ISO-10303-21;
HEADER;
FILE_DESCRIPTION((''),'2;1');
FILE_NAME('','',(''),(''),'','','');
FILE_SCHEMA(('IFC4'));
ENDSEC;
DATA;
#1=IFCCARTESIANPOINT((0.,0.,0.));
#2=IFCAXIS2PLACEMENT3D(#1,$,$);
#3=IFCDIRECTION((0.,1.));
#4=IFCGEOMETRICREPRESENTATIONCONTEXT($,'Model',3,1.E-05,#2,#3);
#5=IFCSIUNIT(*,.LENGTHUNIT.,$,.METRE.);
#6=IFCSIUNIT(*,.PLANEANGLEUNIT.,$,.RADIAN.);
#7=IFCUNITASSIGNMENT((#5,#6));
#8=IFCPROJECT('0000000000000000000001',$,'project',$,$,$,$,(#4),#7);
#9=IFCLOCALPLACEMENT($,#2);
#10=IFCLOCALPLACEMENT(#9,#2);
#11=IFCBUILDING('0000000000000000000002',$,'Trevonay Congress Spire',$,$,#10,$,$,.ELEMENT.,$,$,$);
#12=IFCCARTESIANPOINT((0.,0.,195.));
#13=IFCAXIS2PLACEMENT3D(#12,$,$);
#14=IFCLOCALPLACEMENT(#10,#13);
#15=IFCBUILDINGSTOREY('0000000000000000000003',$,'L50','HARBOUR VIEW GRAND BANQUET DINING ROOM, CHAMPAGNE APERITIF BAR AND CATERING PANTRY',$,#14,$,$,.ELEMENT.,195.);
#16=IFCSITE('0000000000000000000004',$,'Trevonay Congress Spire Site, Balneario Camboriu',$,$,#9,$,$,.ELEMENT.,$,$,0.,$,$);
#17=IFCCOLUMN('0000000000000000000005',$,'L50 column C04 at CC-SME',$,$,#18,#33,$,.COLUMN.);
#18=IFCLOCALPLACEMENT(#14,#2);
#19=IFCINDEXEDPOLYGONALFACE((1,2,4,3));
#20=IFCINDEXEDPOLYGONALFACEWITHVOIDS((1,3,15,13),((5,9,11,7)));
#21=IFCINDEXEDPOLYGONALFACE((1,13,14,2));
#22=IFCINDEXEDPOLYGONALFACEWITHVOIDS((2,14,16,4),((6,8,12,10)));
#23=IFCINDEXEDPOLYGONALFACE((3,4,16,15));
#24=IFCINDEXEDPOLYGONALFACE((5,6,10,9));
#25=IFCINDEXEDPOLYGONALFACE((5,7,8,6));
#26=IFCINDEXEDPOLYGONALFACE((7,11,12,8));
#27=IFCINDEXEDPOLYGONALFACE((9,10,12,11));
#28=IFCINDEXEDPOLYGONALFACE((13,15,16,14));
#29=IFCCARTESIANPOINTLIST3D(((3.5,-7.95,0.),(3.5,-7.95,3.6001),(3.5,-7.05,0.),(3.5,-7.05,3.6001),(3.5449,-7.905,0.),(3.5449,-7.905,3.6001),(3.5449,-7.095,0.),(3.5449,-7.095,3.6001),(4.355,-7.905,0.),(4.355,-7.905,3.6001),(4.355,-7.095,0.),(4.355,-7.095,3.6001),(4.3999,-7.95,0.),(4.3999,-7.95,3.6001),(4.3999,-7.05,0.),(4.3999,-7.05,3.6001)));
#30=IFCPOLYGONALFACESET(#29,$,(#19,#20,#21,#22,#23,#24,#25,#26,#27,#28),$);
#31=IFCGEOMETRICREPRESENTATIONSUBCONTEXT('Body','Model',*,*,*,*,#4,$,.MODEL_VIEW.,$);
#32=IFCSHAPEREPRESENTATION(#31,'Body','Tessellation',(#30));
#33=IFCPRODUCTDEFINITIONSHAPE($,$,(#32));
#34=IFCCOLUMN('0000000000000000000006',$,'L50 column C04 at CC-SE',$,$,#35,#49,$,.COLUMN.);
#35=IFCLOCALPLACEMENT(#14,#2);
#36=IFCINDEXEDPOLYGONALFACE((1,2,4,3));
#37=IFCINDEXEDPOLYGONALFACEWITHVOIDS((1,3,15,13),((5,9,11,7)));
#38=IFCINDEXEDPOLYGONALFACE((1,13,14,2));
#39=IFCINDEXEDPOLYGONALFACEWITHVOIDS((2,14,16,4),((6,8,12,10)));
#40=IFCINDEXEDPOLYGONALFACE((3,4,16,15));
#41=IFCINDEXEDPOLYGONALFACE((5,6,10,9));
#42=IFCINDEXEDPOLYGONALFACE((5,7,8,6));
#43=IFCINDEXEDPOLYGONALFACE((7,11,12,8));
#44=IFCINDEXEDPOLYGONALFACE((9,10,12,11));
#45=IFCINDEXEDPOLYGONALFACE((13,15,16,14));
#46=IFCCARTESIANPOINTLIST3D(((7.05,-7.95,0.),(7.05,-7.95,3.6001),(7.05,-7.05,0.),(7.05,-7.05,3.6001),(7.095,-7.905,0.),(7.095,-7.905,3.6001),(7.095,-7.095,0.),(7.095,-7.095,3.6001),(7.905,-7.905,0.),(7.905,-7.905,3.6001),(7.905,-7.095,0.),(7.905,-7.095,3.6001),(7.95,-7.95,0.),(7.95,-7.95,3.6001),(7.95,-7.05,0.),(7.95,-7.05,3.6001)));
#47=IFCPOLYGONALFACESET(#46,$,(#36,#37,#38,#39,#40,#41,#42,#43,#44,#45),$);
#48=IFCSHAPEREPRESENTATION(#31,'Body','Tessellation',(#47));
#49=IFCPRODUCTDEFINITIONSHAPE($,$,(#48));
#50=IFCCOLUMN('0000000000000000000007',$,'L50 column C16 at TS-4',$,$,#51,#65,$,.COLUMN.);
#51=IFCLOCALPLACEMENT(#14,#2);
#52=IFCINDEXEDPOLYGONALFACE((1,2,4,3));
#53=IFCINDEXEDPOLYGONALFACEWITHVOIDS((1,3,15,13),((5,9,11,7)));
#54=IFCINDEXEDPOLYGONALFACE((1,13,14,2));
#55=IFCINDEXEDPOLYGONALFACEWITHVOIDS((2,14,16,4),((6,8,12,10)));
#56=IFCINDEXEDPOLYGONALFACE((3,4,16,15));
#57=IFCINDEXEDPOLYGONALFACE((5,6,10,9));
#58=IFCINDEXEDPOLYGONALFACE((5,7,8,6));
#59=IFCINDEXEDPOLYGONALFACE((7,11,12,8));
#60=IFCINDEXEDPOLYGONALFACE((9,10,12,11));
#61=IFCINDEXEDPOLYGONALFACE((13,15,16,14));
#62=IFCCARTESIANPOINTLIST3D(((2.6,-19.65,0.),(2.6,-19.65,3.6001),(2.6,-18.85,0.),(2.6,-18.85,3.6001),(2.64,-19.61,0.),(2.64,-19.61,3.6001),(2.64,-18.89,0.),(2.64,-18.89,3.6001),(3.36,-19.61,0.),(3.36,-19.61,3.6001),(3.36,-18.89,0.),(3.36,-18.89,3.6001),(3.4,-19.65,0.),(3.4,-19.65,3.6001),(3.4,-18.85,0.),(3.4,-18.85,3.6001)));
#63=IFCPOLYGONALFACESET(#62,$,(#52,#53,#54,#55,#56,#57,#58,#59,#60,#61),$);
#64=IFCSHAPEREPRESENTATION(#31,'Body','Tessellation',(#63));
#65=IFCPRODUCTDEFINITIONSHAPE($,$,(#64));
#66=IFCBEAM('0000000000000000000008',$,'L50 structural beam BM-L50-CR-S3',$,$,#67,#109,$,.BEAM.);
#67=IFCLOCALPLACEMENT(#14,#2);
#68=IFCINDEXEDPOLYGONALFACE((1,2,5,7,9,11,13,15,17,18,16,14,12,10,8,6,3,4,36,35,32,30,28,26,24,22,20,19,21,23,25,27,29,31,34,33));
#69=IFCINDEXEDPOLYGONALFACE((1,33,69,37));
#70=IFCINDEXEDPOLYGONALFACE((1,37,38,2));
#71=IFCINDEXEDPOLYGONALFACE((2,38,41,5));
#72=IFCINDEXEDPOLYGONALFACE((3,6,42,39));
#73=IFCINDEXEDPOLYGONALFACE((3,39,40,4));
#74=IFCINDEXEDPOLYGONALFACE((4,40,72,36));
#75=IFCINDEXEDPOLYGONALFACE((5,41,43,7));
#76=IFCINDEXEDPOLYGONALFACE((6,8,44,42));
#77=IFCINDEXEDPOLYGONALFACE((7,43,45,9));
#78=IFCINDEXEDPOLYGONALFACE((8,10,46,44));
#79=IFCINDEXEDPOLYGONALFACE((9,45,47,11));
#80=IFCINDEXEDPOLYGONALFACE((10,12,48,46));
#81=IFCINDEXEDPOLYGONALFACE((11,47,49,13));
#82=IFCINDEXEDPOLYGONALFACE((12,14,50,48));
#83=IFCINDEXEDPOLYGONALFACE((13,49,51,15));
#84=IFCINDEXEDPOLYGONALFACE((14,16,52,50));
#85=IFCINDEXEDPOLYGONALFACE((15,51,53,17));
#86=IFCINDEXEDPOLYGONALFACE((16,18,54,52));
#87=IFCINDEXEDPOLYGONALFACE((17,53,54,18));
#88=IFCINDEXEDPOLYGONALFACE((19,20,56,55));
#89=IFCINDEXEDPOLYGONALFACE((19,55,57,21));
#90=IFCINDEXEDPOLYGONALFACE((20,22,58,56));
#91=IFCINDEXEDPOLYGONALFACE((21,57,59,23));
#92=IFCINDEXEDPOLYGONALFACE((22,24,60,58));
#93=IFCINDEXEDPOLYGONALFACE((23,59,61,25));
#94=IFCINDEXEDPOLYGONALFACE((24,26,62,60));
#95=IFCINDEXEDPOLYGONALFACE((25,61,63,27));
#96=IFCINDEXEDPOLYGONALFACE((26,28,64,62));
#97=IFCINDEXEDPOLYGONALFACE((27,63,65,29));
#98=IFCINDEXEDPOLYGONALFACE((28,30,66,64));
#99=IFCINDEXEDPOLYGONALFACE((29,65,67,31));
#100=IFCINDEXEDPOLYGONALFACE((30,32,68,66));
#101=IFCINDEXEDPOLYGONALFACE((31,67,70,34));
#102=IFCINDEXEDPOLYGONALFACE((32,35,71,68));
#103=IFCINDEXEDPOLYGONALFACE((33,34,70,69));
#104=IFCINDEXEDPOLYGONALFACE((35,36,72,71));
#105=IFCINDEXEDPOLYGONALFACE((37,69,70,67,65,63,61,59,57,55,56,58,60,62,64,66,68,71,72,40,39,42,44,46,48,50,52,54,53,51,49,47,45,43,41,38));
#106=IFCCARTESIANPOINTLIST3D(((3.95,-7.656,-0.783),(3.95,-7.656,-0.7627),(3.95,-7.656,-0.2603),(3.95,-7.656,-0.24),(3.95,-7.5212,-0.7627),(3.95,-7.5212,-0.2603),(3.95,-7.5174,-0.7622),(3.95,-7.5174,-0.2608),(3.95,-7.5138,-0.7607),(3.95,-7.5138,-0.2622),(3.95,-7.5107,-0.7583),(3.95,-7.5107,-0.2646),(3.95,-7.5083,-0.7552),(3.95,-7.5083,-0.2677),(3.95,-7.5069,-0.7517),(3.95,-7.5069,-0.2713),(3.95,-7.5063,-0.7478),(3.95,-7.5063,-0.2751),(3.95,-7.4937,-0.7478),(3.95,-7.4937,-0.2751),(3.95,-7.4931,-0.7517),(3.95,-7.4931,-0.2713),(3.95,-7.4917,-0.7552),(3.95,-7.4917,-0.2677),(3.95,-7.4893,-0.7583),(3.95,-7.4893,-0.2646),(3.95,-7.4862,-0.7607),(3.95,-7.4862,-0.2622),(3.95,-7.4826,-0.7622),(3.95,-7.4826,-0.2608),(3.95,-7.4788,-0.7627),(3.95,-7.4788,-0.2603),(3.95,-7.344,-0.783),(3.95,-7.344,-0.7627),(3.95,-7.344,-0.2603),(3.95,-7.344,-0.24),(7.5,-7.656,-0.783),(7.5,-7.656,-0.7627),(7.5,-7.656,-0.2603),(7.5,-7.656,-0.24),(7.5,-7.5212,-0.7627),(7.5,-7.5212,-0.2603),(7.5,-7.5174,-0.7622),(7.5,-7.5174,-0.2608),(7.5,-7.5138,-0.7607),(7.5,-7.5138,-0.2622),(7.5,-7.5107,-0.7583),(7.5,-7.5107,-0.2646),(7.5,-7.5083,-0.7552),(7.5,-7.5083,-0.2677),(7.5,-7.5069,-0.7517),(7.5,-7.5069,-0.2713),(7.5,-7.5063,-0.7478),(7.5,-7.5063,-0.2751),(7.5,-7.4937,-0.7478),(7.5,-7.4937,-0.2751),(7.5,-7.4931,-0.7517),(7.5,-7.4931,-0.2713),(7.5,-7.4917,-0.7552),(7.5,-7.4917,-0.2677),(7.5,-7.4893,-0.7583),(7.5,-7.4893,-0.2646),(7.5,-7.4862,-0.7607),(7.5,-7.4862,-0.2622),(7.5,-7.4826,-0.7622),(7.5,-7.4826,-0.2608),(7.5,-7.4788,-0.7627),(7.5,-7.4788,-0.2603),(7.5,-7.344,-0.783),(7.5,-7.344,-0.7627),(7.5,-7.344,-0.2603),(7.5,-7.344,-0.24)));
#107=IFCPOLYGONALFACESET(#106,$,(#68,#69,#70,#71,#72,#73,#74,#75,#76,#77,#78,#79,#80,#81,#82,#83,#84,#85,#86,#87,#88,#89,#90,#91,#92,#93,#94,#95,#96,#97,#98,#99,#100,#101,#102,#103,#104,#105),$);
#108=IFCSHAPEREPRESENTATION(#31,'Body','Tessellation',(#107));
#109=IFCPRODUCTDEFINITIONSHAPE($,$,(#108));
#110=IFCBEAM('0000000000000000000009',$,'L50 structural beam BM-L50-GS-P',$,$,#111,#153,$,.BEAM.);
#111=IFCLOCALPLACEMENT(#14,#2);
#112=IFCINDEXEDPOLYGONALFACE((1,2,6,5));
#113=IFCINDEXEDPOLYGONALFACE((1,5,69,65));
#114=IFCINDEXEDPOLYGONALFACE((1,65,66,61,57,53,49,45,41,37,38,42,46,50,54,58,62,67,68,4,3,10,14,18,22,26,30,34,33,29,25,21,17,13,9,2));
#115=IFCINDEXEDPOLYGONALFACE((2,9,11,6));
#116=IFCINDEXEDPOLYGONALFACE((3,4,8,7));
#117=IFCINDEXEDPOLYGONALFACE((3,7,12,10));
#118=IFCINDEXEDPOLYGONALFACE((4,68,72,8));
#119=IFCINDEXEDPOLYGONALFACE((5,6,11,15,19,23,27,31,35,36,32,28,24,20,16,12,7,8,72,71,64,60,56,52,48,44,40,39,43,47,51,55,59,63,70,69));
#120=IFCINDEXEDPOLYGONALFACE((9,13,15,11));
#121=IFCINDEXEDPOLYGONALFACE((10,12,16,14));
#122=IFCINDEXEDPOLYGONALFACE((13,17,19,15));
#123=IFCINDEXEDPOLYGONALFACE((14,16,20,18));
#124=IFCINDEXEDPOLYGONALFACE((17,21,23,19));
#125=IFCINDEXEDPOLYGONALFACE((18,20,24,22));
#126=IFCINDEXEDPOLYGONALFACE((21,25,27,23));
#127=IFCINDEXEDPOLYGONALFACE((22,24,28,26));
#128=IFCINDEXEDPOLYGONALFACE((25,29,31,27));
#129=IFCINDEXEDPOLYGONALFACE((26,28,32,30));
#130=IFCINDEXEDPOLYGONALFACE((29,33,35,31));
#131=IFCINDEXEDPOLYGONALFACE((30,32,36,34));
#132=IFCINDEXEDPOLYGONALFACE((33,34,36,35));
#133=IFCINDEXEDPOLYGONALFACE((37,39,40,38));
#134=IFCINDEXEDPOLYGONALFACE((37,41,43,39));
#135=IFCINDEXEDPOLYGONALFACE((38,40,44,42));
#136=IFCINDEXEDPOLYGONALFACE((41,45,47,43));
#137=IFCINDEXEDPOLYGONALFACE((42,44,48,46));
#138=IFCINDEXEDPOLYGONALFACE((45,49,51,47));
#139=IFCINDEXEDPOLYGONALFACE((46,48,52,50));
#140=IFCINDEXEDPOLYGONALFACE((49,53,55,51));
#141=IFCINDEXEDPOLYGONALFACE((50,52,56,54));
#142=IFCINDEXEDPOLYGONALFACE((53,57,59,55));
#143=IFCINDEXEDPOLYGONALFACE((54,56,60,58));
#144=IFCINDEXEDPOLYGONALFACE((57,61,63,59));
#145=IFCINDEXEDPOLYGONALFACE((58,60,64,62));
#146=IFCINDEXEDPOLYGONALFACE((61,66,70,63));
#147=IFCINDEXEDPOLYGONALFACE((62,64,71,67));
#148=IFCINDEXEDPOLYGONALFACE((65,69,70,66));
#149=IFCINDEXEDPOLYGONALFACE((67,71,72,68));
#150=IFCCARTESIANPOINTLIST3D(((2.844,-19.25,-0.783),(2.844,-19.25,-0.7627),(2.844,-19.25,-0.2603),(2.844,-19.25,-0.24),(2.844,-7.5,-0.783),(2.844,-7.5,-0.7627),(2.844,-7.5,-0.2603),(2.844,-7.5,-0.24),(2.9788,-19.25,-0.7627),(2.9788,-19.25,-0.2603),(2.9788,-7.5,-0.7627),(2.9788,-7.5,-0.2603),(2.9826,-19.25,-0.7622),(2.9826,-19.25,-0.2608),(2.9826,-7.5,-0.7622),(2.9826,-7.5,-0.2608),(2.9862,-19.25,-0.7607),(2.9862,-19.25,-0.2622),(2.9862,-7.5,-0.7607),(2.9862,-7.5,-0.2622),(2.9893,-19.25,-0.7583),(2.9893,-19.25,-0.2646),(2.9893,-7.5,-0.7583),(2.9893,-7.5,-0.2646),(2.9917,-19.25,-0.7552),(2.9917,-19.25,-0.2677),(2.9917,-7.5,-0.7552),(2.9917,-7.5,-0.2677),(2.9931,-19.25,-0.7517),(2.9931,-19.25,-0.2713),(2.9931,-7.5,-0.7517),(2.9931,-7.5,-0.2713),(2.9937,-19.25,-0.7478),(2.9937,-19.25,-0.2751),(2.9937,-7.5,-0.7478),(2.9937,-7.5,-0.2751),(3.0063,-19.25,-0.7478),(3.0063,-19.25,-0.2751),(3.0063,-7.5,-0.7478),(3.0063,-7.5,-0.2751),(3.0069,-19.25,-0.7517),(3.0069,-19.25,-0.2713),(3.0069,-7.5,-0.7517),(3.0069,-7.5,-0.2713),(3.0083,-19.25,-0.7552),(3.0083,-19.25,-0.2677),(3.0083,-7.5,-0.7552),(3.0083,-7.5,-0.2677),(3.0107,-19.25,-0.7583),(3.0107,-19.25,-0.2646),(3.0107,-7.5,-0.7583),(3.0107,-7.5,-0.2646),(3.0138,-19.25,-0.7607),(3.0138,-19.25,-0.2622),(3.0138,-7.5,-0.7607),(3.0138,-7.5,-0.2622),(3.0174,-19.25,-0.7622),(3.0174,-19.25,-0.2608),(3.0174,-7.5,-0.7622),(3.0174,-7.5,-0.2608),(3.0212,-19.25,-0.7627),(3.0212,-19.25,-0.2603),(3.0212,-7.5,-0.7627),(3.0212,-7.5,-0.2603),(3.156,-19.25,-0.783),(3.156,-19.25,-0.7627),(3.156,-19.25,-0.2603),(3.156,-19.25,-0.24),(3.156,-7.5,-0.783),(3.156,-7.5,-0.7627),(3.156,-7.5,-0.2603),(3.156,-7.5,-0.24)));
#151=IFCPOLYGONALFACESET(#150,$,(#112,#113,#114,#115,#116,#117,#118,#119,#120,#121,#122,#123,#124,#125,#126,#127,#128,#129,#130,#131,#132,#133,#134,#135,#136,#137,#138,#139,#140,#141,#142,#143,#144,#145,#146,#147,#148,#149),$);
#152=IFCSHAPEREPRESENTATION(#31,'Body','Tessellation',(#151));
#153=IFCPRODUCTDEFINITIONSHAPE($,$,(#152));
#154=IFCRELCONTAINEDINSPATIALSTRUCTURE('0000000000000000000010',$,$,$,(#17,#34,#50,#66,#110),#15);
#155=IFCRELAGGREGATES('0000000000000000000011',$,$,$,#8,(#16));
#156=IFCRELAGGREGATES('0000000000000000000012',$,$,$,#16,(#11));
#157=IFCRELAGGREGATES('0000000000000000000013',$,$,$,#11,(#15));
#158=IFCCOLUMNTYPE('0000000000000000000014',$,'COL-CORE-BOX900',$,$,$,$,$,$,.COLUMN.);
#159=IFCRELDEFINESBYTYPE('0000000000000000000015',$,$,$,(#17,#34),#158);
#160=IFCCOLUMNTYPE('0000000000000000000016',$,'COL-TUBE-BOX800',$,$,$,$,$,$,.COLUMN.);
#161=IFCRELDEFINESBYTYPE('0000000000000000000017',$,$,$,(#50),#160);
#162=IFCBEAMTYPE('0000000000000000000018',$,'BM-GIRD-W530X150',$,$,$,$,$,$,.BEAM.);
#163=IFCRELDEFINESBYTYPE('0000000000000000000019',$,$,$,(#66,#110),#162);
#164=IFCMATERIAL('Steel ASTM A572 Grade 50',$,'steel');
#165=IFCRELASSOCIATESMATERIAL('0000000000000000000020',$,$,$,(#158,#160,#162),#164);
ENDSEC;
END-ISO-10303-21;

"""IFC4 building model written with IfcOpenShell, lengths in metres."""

from ifc_helpers import new_model, si_unit, direction, frame, origin, origin_2d, place, context, subcontext, project, spatial, hollow_rectangle, i_section, extrude, material, material_profile, profile_set, type_object, element, save


model = new_model("IFC4")

# Units and contexts
model_context = context("Model", 3, precision=1e-05, world=origin(), true_north=direction((0.0, 1.0)))
body_context = subcontext(model_context, "Body", "Model", "MODEL_VIEW")
ifc_project = project(units=[si_unit("LENGTHUNIT", "METRE"), si_unit("PLANEANGLEUNIT", "RADIAN")], contexts=[model_context])

# Site, building, storey
site_placement = place(None, origin())
site = spatial("IfcSite", under=ifc_project, at=site_placement, Name="Trevonay Congress Spire Site, Balneario Camboriu", CompositionType="ELEMENT", RefElevation=0.0)
building_placement = place(site_placement, origin())
building = spatial("IfcBuilding", under=site, at=building_placement, Name="Trevonay Congress Spire", CompositionType="ELEMENT")
storey_placement = place(building_placement, frame((0.0, 0.0, 195.0)))
storey = spatial("IfcBuildingStorey", under=building, at=storey_placement, Name="L50", Description="HARBOUR VIEW GRAND BANQUET DINING ROOM, CHAMPAGNE APERITIF BAR AND CATERING PANTRY", CompositionType="ELEMENT", Elevation=195.0)

# Columns
ifc_material_1 = material(Name="Steel ASTM A572 Grade 50", Category="steel")
ifc_material_profile_1 = material_profile(ifc_material_1, hollow_rectangle(XDim=0.8999, YDim=0.8999, WallThickness=0.0449, at=origin_2d()), Name="BOX 900x900x45")
ifc_profile_set_1 = profile_set([ifc_material_profile_1], Name="Steel ASTM A572 Grade 50")
column_type_1 = type_object("IfcColumnType", Name="COL-CORE-BOX900", PredefinedType="COLUMN", material=ifc_profile_set_1)
for number, where, z_axis, x_axis, name in (
    (1, (3.95, -7.5, 0.0), (0.0, 0.0, 1.0), (1.0, 0.0, 0.0), "L50 column C04 at CC-SME"),
    (2, (7.5, -7.5, 0.0), (0.0, 0.0, 1.0), (1.0, 0.0, 0.0), "L50 column C04 at CC-SE"),
):
    element("IfcColumn", number, at=place(storey_placement, frame(where, z_axis=z_axis, x_axis=x_axis)), inside=storey, type_object=column_type_1, Name=name, PredefinedType="COLUMN", context=body_context, shape_type="SweptSolid", body=[
        extrude(hollow_rectangle(XDim=0.8999, YDim=0.8999, WallThickness=0.0449, at=origin_2d()), origin(), (0.0, 0.0, 1.0), 3.6001),
    ])
ifc_material_profile_2 = material_profile(ifc_material_1, hollow_rectangle(XDim=0.8, YDim=0.8, WallThickness=0.04, at=origin_2d()), Name="BOX 800x800x40")
ifc_profile_set_2 = profile_set([ifc_material_profile_2], Name="Steel ASTM A572 Grade 50")
column_type_2 = type_object("IfcColumnType", Name="COL-TUBE-BOX800", PredefinedType="COLUMN", material=ifc_profile_set_2)
column_placement = place(storey_placement, frame((3.0, -19.25, 0.0), z_axis=(0.0, 0.0, 1.0), x_axis=(1.0, 0.0, 0.0)))
element("IfcColumn", 3, at=column_placement, inside=storey, type_object=column_type_2, Name="L50 column C16 at TS-4", PredefinedType="COLUMN", context=body_context, shape_type="SweptSolid", body=[
    extrude(hollow_rectangle(XDim=0.8, YDim=0.8, WallThickness=0.04, at=origin_2d()), origin(), (0.0, 0.0, 1.0), 3.6001),
])

# Beams
ifc_material_profile_3 = material_profile(ifc_material_1, i_section(OverallWidth=0.312, OverallDepth=0.543, WebThickness=0.0127, FlangeThickness=0.0203, FilletRadius=0.0149, at=origin_2d()), Name="W530x150")
ifc_profile_set_3 = profile_set([ifc_material_profile_3], Name="Steel ASTM A572 Grade 50")
beam_type_1 = type_object("IfcBeamType", Name="BM-GIRD-W530X150", PredefinedType="BEAM", material=ifc_profile_set_3)
beam_1_placement = place(storey_placement, frame((3.95, -7.5, -0.5115), z_axis=(1.0, 0.0, 0.0), x_axis=(0.0, 1.0, 0.0)))
element("IfcBeam", 4, at=beam_1_placement, inside=storey, type_object=beam_type_1, Name="L50 structural beam BM-L50-CR-S3", PredefinedType="BEAM", context=body_context, shape_type="SweptSolid", body=[
    extrude(i_section(OverallWidth=0.312, OverallDepth=0.543, WebThickness=0.0127, FlangeThickness=0.0203, FilletRadius=0.0149, at=origin_2d()), origin(), (0.0, 0.0, 1.0), 3.55),
])
beam_2_placement = place(storey_placement, frame((3.0, -7.5, -0.5115), z_axis=(0.0, -1.0, 0.0), x_axis=(1.0, 0.0, 0.0)))
element("IfcBeam", 5, at=beam_2_placement, inside=storey, type_object=beam_type_1, Name="L50 structural beam BM-L50-GS-P", PredefinedType="BEAM", context=body_context, shape_type="SweptSolid", body=[
    extrude(i_section(OverallWidth=0.312, OverallDepth=0.543, WebThickness=0.0127, FlangeThickness=0.0203, FilletRadius=0.0149, at=origin_2d()), origin(), (0.0, 0.0, 1.0), 11.75),
])

save(model, "model.ifc")
